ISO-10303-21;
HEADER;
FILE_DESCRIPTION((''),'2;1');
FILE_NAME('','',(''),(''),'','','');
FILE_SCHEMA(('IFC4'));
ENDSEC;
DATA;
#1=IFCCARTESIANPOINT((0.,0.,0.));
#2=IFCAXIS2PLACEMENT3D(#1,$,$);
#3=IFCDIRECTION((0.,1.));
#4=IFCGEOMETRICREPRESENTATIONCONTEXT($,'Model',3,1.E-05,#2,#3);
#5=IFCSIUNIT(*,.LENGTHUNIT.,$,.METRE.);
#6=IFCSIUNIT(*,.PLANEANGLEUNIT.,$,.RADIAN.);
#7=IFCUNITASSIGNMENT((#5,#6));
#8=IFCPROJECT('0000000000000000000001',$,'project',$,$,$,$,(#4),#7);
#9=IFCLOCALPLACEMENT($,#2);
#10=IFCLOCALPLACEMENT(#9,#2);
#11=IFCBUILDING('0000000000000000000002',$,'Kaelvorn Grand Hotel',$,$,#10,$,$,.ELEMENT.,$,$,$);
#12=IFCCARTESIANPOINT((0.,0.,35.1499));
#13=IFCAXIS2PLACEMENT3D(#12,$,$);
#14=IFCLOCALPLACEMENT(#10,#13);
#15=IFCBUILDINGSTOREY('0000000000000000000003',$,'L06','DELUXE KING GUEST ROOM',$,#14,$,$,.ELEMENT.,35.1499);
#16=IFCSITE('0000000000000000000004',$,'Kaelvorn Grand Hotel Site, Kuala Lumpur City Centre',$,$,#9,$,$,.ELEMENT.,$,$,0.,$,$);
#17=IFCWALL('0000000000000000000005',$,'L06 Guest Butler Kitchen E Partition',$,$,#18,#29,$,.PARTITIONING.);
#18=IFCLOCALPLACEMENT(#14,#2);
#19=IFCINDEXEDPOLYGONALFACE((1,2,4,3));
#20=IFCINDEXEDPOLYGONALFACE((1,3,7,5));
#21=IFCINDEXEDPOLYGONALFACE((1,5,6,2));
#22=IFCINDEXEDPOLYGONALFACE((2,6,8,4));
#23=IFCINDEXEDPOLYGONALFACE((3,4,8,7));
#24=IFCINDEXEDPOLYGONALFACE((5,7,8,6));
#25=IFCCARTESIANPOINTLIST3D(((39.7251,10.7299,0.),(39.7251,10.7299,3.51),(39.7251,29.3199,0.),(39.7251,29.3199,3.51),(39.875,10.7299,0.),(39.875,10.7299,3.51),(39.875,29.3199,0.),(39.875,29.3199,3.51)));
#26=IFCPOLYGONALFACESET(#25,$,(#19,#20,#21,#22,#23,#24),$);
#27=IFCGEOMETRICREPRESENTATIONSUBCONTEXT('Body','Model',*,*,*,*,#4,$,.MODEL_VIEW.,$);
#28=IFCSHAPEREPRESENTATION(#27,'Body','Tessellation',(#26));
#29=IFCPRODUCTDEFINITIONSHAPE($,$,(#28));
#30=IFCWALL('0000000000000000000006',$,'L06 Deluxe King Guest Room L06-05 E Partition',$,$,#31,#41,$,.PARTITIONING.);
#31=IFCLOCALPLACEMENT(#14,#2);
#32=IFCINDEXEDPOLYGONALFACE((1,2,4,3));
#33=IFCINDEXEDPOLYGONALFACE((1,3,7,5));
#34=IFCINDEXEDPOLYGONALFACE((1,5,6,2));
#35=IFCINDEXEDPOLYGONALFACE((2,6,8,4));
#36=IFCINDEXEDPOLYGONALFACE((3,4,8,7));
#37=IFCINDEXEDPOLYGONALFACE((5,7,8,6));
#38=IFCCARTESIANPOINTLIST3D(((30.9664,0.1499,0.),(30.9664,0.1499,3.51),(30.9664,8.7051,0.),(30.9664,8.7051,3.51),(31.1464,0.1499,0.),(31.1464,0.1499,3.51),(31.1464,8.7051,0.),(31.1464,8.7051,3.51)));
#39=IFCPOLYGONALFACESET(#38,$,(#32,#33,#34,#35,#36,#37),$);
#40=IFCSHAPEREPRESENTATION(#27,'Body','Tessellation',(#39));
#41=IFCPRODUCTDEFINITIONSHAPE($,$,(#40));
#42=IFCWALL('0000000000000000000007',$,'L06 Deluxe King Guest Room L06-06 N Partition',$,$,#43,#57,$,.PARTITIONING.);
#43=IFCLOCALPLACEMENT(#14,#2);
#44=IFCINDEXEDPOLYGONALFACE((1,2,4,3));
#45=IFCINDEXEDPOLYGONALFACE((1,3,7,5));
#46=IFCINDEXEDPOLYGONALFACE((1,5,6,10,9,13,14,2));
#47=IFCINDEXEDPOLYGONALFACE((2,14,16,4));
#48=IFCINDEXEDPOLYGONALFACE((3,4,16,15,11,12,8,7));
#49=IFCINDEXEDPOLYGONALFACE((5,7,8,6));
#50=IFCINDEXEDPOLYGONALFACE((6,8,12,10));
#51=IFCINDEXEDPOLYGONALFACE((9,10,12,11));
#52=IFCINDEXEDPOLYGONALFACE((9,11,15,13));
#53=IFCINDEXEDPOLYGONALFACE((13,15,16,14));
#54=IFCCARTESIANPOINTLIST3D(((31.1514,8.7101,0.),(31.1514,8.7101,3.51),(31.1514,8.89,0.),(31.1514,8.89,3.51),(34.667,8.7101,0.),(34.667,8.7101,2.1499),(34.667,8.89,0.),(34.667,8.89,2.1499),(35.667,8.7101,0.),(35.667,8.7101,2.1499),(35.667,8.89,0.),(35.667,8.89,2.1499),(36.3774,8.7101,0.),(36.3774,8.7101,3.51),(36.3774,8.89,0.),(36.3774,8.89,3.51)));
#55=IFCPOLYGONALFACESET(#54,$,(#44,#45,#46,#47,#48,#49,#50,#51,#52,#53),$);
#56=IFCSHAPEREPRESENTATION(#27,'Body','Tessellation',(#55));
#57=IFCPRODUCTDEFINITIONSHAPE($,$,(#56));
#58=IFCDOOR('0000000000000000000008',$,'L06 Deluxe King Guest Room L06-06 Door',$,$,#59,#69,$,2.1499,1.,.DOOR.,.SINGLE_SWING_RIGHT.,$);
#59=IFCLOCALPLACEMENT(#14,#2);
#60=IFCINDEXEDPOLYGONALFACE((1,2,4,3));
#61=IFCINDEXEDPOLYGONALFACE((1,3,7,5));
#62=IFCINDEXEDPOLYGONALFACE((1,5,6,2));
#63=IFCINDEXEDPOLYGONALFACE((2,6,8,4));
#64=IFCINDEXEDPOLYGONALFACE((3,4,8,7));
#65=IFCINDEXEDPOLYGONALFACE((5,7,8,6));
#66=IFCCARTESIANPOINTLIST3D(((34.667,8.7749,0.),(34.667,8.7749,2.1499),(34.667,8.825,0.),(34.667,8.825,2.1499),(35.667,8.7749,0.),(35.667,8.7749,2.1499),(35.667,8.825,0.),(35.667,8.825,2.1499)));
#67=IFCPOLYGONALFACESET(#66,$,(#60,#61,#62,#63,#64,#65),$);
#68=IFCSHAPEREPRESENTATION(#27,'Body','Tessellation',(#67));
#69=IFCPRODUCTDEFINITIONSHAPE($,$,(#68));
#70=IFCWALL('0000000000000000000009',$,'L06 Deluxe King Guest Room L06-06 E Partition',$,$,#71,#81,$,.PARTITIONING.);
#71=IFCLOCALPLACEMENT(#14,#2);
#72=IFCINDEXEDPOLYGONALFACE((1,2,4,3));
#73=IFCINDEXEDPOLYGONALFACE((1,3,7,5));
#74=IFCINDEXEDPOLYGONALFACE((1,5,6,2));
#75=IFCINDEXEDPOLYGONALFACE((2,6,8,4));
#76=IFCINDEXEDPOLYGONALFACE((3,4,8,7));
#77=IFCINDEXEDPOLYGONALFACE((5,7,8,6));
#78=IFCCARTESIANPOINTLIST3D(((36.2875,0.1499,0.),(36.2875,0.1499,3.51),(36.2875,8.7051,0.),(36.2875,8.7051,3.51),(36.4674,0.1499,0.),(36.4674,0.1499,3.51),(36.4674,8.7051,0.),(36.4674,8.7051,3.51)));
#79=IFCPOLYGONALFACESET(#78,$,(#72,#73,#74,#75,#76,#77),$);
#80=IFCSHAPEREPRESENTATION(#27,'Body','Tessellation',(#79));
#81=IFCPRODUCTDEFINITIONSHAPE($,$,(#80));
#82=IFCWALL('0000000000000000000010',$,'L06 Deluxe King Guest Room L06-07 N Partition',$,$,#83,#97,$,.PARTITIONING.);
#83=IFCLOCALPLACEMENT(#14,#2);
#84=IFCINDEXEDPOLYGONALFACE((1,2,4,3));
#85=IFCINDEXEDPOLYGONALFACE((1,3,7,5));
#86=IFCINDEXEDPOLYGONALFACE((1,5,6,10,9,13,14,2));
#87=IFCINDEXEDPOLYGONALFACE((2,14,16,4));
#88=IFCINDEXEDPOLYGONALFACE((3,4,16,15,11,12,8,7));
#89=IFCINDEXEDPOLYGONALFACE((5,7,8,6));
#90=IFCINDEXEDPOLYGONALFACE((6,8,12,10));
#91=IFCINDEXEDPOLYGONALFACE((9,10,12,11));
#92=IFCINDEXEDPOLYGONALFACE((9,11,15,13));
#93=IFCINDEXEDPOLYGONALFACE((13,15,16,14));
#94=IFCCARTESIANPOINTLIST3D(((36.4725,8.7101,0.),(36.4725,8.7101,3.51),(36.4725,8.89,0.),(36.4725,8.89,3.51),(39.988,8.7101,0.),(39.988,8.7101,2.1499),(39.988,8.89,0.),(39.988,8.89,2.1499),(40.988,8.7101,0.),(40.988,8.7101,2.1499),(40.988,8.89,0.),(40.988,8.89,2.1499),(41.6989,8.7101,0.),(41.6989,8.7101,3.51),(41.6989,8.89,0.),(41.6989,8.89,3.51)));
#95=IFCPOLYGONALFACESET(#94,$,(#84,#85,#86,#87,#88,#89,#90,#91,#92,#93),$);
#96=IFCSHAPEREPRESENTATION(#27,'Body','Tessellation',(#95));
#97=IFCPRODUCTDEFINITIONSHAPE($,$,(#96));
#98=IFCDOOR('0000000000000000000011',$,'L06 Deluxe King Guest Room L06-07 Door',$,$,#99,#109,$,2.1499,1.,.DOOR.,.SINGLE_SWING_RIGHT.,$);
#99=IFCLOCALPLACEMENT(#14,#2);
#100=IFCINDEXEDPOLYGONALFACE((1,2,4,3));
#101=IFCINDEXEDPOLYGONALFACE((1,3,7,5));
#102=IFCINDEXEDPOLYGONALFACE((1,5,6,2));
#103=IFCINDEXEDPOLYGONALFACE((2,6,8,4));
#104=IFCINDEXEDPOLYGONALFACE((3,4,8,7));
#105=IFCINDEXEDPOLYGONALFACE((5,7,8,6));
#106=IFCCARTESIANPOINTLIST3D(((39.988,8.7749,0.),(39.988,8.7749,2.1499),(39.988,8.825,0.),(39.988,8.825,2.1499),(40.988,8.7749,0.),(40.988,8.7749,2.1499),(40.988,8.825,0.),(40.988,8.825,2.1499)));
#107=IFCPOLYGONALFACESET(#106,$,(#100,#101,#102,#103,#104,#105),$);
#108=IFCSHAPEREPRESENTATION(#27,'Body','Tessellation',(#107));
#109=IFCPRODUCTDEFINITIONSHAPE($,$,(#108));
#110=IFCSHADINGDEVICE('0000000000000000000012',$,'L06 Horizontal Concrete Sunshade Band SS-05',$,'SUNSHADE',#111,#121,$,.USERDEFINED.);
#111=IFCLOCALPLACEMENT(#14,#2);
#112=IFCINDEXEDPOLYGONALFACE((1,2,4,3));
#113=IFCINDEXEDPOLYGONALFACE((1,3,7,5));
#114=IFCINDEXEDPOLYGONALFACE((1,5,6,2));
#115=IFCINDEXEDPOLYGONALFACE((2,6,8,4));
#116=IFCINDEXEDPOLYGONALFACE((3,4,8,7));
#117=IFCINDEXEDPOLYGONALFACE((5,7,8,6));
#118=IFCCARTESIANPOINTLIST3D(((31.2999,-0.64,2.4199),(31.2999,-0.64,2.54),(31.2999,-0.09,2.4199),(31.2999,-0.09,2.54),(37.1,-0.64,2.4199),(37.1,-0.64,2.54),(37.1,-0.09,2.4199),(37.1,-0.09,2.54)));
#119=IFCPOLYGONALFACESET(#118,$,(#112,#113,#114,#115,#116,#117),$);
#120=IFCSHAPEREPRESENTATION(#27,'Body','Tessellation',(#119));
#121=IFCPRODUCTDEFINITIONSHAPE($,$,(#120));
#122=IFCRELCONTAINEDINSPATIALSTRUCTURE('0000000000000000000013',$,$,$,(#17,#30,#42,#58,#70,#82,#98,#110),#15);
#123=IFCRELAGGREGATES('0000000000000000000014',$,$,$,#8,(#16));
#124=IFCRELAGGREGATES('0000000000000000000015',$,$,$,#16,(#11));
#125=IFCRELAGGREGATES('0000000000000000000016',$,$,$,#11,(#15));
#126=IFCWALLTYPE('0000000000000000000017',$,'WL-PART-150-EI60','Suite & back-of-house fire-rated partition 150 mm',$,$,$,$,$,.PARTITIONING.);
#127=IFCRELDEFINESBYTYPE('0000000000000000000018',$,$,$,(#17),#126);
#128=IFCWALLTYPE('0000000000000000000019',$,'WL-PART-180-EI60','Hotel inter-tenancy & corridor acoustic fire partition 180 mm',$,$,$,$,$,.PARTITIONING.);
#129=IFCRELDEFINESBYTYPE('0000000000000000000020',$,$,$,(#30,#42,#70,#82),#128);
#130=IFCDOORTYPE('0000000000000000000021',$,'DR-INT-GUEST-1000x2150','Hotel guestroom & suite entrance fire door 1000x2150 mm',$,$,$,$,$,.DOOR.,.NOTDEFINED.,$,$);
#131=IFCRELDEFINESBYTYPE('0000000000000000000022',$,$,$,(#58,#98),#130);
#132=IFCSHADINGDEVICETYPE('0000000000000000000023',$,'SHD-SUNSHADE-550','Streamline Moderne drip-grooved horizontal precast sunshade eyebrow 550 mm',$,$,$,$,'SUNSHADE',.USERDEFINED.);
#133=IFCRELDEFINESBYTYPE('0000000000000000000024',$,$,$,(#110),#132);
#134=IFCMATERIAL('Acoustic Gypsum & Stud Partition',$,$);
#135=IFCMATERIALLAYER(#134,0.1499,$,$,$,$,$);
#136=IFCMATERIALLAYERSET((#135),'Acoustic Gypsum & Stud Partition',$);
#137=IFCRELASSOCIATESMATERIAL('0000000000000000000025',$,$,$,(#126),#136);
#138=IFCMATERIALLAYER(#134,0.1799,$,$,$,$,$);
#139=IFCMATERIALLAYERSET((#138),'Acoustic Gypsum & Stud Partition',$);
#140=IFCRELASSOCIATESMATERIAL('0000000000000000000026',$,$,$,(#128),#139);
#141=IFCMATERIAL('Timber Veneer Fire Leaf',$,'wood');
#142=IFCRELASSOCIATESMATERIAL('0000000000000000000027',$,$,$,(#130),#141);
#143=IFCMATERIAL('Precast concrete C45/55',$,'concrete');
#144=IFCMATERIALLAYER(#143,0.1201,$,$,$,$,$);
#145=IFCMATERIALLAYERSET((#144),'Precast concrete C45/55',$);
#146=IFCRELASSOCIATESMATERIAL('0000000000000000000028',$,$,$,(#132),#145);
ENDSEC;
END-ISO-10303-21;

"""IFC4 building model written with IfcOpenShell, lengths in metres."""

from ifc_helpers import new_model, si_unit, direction, frame, frame_2d, origin, origin_2d, place, context, subcontext, project, spatial, rectangle, extrude, material, layer, layer_set, type_object, element, fill, save


model = new_model("IFC4")

# Units and contexts
model_context = context("Model", 3, precision=1e-05, world=origin(), true_north=direction((0.0, 1.0)))
body_context = subcontext(model_context, "Body", "Model", "MODEL_VIEW")
ifc_project = project(units=[si_unit("LENGTHUNIT", "METRE"), si_unit("PLANEANGLEUNIT", "RADIAN")], contexts=[model_context])

# Site, building, storey
site_placement = place(None, origin())
site = spatial("IfcSite", under=ifc_project, at=site_placement, Name="Kaelvorn Grand Hotel Site, Kuala Lumpur City Centre", CompositionType="ELEMENT", RefElevation=0.0)
building_placement = place(site_placement, origin())
building = spatial("IfcBuilding", under=site, at=building_placement, Name="Kaelvorn Grand Hotel", CompositionType="ELEMENT")
storey_placement = place(building_placement, frame((0.0, 0.0, 35.1499)))
storey = spatial("IfcBuildingStorey", under=building, at=storey_placement, Name="L06", Description="DELUXE KING GUEST ROOM", CompositionType="ELEMENT", Elevation=35.1499)

# Walls
ifc_material_1 = material(Name="Acoustic Gypsum & Stud Partition")
ifc_layer_1 = layer(ifc_material_1, 0.1499)
ifc_layer_set_1 = layer_set([ifc_layer_1], Name="Acoustic Gypsum & Stud Partition")
wall_type_1 = type_object("IfcWallType", Name="WL-PART-150-EI60", Description="Suite & back-of-house fire-rated partition 150 mm", PredefinedType="PARTITIONING", material=ifc_layer_set_1)
wall_1_placement = place(storey_placement, frame((39.8, 10.73, 0.0), z_axis=(0.0, 0.0, 1.0), x_axis=(0.0, 1.0, 0.0)))
element("IfcWall", 1, at=wall_1_placement, inside=storey, type_object=wall_type_1, Name="L06 Guest Butler Kitchen E Partition", PredefinedType="PARTITIONING", context=body_context, shape_type="SweptSolid", body=[
    extrude(rectangle(XDim=18.5901, YDim=0.1499, at=frame_2d((9.2949, 0.0))), origin(), (0.0, 0.0, 1.0), 3.51),
])
ifc_layer_2 = layer(ifc_material_1, 0.1799)
ifc_layer_set_2 = layer_set([ifc_layer_2], Name="Acoustic Gypsum & Stud Partition")
wall_type_2 = type_object("IfcWallType", Name="WL-PART-180-EI60", Description="Hotel inter-tenancy & corridor acoustic fire partition 180 mm", PredefinedType="PARTITIONING", material=ifc_layer_set_2)
wall_2_placement = place(storey_placement, frame((31.0564, 0.1499, 0.0), z_axis=(0.0, 0.0, 1.0), x_axis=(0.0, 1.0, 0.0)))
element("IfcWall", 2, at=wall_2_placement, inside=storey, type_object=wall_type_2, Name="L06 Deluxe King Guest Room L06-05 E Partition", PredefinedType="PARTITIONING", context=body_context, shape_type="SweptSolid", body=[
    extrude(rectangle(XDim=8.5552, YDim=0.1799, at=frame_2d((4.2776, 0.0))), origin(), (0.0, 0.0, 1.0), 3.51),
])

# Wall, opening, door
wall_3_placement = place(storey_placement, frame((31.1514, 8.8, 0.0), z_axis=(0.0, 0.0, 1.0), x_axis=(1.0, 0.0, 0.0)))
wall_3 = element("IfcWall", 3, at=wall_3_placement, inside=storey, type_object=wall_type_2, Name="L06 Deluxe King Guest Room L06-06 N Partition", PredefinedType="PARTITIONING", context=body_context, shape_type="SweptSolid", body=[
    extrude(rectangle(XDim=5.2261, YDim=0.1799, at=frame_2d((2.613, 0.0))), origin(), (0.0, 0.0, 1.0), 3.51),
])
opening_1_placement = place(wall_3_placement, frame((3.5156, 0.0, 0.0)))
opening_1 = element("IfcOpeningElement", 4, at=opening_1_placement, cuts=wall_3, PredefinedType="OPENING", context=body_context, shape_type="SweptSolid", body=[
    extrude(rectangle(XDim=1.0, YDim=2.1499, at=frame_2d((0.5, 1.075))), frame((0.0, 0.1001, 0.0), z_axis=(0.0, -1.0, 0.0), x_axis=(1.0, 0.0, 0.0)), (0.0, 0.0, 1.0), 0.2),
])
ifc_material_2 = material(Name="Timber Veneer Fire Leaf", Category="wood")
door_type_1 = type_object("IfcDoorType", Name="DR-INT-GUEST-1000x2150", Description="Hotel guestroom & suite entrance fire door 1000x2150 mm", OperationType="NOTDEFINED", PredefinedType="DOOR", material=ifc_material_2)
door_1_placement = place(opening_1_placement, origin())
door_1 = element("IfcDoor", 5, at=door_1_placement, inside=storey, type_object=door_type_1, Name="L06 Deluxe King Guest Room L06-06 Door", OperationType="SINGLE_SWING_RIGHT", OverallHeight=2.1499, OverallWidth=1.0, PredefinedType="DOOR", context=body_context, shape_type="SweptSolid", body=[
    extrude(rectangle(XDim=1.0, YDim=2.1499, at=frame_2d((0.5, 1.075))), frame((0.0, 0.0249, 0.0), z_axis=(0.0, -1.0, 0.0), x_axis=(1.0, 0.0, 0.0)), (0.0, 0.0, 1.0), 0.05),
])
fill(opening_1, door_1)

# Wall
wall_4_placement = place(storey_placement, frame((36.3774, 0.1499, 0.0), z_axis=(0.0, 0.0, 1.0), x_axis=(0.0, 1.0, 0.0)))
element("IfcWall", 6, at=wall_4_placement, inside=storey, type_object=wall_type_2, Name="L06 Deluxe King Guest Room L06-06 E Partition", PredefinedType="PARTITIONING", context=body_context, shape_type="SweptSolid", body=[
    extrude(rectangle(XDim=8.5552, YDim=0.1799, at=frame_2d((4.2776, 0.0))), origin(), (0.0, 0.0, 1.0), 3.51),
])

# Wall, opening, door
wall_5_placement = place(storey_placement, frame((36.4724, 8.8, 0.0), z_axis=(0.0, 0.0, 1.0), x_axis=(1.0, 0.0, 0.0)))
wall_5 = element("IfcWall", 7, at=wall_5_placement, inside=storey, type_object=wall_type_2, Name="L06 Deluxe King Guest Room L06-07 N Partition", PredefinedType="PARTITIONING", context=body_context, shape_type="SweptSolid", body=[
    extrude(rectangle(XDim=5.2263, YDim=0.1799, at=frame_2d((2.6133, 0.0))), origin(), (0.0, 0.0, 1.0), 3.51),
])
opening_2_placement = place(wall_5_placement, frame((3.5156, 0.0, 0.0)))
opening_2 = element("IfcOpeningElement", 8, at=opening_2_placement, cuts=wall_5, PredefinedType="OPENING", context=body_context, shape_type="SweptSolid", body=[
    extrude(rectangle(XDim=1.0, YDim=2.1499, at=frame_2d((0.5, 1.075))), frame((0.0, 0.1001, 0.0), z_axis=(0.0, -1.0, 0.0), x_axis=(1.0, 0.0, 0.0)), (0.0, 0.0, 1.0), 0.2),
])
door_2_placement = place(opening_2_placement, origin())
door_2 = element("IfcDoor", 9, at=door_2_placement, inside=storey, type_object=door_type_1, Name="L06 Deluxe King Guest Room L06-07 Door", OperationType="SINGLE_SWING_RIGHT", OverallHeight=2.1499, OverallWidth=1.0, PredefinedType="DOOR", context=body_context, shape_type="SweptSolid", body=[
    extrude(rectangle(XDim=1.0, YDim=2.1499, at=frame_2d((0.5, 1.075))), frame((0.0, 0.0249, 0.0), z_axis=(0.0, -1.0, 0.0), x_axis=(1.0, 0.0, 0.0)), (0.0, 0.0, 1.0), 0.05),
])
fill(opening_2, door_2)

# Shading device
ifc_material_3 = material(Name="Precast concrete C45/55", Category="concrete")
ifc_layer_3 = layer(ifc_material_3, 0.1201)
ifc_layer_set_3 = layer_set([ifc_layer_3], Name="Precast concrete C45/55")
shading_device_type = type_object("IfcShadingDeviceType", Name="SHD-SUNSHADE-550", Description="Streamline Moderne drip-grooved horizontal precast sunshade eyebrow 550 mm", ElementType="SUNSHADE", PredefinedType="USERDEFINED", material=ifc_layer_set_3)
shading_device_placement = place(storey_placement, frame((34.2, -0.365, 2.4199), z_axis=(0.0, 0.0, 1.0), x_axis=(1.0, 0.0, 0.0)))
element("IfcShadingDevice", 10, at=shading_device_placement, inside=storey, type_object=shading_device_type, Name="L06 Horizontal Concrete Sunshade Band SS-05", ObjectType="SUNSHADE", PredefinedType="USERDEFINED", context=body_context, shape_type="SweptSolid", body=[
    extrude(rectangle(XDim=5.8, YDim=0.55, at=origin_2d()), origin(), (0.0, 0.0, 1.0), 0.1201),
])

save(model, "model.ifc")
